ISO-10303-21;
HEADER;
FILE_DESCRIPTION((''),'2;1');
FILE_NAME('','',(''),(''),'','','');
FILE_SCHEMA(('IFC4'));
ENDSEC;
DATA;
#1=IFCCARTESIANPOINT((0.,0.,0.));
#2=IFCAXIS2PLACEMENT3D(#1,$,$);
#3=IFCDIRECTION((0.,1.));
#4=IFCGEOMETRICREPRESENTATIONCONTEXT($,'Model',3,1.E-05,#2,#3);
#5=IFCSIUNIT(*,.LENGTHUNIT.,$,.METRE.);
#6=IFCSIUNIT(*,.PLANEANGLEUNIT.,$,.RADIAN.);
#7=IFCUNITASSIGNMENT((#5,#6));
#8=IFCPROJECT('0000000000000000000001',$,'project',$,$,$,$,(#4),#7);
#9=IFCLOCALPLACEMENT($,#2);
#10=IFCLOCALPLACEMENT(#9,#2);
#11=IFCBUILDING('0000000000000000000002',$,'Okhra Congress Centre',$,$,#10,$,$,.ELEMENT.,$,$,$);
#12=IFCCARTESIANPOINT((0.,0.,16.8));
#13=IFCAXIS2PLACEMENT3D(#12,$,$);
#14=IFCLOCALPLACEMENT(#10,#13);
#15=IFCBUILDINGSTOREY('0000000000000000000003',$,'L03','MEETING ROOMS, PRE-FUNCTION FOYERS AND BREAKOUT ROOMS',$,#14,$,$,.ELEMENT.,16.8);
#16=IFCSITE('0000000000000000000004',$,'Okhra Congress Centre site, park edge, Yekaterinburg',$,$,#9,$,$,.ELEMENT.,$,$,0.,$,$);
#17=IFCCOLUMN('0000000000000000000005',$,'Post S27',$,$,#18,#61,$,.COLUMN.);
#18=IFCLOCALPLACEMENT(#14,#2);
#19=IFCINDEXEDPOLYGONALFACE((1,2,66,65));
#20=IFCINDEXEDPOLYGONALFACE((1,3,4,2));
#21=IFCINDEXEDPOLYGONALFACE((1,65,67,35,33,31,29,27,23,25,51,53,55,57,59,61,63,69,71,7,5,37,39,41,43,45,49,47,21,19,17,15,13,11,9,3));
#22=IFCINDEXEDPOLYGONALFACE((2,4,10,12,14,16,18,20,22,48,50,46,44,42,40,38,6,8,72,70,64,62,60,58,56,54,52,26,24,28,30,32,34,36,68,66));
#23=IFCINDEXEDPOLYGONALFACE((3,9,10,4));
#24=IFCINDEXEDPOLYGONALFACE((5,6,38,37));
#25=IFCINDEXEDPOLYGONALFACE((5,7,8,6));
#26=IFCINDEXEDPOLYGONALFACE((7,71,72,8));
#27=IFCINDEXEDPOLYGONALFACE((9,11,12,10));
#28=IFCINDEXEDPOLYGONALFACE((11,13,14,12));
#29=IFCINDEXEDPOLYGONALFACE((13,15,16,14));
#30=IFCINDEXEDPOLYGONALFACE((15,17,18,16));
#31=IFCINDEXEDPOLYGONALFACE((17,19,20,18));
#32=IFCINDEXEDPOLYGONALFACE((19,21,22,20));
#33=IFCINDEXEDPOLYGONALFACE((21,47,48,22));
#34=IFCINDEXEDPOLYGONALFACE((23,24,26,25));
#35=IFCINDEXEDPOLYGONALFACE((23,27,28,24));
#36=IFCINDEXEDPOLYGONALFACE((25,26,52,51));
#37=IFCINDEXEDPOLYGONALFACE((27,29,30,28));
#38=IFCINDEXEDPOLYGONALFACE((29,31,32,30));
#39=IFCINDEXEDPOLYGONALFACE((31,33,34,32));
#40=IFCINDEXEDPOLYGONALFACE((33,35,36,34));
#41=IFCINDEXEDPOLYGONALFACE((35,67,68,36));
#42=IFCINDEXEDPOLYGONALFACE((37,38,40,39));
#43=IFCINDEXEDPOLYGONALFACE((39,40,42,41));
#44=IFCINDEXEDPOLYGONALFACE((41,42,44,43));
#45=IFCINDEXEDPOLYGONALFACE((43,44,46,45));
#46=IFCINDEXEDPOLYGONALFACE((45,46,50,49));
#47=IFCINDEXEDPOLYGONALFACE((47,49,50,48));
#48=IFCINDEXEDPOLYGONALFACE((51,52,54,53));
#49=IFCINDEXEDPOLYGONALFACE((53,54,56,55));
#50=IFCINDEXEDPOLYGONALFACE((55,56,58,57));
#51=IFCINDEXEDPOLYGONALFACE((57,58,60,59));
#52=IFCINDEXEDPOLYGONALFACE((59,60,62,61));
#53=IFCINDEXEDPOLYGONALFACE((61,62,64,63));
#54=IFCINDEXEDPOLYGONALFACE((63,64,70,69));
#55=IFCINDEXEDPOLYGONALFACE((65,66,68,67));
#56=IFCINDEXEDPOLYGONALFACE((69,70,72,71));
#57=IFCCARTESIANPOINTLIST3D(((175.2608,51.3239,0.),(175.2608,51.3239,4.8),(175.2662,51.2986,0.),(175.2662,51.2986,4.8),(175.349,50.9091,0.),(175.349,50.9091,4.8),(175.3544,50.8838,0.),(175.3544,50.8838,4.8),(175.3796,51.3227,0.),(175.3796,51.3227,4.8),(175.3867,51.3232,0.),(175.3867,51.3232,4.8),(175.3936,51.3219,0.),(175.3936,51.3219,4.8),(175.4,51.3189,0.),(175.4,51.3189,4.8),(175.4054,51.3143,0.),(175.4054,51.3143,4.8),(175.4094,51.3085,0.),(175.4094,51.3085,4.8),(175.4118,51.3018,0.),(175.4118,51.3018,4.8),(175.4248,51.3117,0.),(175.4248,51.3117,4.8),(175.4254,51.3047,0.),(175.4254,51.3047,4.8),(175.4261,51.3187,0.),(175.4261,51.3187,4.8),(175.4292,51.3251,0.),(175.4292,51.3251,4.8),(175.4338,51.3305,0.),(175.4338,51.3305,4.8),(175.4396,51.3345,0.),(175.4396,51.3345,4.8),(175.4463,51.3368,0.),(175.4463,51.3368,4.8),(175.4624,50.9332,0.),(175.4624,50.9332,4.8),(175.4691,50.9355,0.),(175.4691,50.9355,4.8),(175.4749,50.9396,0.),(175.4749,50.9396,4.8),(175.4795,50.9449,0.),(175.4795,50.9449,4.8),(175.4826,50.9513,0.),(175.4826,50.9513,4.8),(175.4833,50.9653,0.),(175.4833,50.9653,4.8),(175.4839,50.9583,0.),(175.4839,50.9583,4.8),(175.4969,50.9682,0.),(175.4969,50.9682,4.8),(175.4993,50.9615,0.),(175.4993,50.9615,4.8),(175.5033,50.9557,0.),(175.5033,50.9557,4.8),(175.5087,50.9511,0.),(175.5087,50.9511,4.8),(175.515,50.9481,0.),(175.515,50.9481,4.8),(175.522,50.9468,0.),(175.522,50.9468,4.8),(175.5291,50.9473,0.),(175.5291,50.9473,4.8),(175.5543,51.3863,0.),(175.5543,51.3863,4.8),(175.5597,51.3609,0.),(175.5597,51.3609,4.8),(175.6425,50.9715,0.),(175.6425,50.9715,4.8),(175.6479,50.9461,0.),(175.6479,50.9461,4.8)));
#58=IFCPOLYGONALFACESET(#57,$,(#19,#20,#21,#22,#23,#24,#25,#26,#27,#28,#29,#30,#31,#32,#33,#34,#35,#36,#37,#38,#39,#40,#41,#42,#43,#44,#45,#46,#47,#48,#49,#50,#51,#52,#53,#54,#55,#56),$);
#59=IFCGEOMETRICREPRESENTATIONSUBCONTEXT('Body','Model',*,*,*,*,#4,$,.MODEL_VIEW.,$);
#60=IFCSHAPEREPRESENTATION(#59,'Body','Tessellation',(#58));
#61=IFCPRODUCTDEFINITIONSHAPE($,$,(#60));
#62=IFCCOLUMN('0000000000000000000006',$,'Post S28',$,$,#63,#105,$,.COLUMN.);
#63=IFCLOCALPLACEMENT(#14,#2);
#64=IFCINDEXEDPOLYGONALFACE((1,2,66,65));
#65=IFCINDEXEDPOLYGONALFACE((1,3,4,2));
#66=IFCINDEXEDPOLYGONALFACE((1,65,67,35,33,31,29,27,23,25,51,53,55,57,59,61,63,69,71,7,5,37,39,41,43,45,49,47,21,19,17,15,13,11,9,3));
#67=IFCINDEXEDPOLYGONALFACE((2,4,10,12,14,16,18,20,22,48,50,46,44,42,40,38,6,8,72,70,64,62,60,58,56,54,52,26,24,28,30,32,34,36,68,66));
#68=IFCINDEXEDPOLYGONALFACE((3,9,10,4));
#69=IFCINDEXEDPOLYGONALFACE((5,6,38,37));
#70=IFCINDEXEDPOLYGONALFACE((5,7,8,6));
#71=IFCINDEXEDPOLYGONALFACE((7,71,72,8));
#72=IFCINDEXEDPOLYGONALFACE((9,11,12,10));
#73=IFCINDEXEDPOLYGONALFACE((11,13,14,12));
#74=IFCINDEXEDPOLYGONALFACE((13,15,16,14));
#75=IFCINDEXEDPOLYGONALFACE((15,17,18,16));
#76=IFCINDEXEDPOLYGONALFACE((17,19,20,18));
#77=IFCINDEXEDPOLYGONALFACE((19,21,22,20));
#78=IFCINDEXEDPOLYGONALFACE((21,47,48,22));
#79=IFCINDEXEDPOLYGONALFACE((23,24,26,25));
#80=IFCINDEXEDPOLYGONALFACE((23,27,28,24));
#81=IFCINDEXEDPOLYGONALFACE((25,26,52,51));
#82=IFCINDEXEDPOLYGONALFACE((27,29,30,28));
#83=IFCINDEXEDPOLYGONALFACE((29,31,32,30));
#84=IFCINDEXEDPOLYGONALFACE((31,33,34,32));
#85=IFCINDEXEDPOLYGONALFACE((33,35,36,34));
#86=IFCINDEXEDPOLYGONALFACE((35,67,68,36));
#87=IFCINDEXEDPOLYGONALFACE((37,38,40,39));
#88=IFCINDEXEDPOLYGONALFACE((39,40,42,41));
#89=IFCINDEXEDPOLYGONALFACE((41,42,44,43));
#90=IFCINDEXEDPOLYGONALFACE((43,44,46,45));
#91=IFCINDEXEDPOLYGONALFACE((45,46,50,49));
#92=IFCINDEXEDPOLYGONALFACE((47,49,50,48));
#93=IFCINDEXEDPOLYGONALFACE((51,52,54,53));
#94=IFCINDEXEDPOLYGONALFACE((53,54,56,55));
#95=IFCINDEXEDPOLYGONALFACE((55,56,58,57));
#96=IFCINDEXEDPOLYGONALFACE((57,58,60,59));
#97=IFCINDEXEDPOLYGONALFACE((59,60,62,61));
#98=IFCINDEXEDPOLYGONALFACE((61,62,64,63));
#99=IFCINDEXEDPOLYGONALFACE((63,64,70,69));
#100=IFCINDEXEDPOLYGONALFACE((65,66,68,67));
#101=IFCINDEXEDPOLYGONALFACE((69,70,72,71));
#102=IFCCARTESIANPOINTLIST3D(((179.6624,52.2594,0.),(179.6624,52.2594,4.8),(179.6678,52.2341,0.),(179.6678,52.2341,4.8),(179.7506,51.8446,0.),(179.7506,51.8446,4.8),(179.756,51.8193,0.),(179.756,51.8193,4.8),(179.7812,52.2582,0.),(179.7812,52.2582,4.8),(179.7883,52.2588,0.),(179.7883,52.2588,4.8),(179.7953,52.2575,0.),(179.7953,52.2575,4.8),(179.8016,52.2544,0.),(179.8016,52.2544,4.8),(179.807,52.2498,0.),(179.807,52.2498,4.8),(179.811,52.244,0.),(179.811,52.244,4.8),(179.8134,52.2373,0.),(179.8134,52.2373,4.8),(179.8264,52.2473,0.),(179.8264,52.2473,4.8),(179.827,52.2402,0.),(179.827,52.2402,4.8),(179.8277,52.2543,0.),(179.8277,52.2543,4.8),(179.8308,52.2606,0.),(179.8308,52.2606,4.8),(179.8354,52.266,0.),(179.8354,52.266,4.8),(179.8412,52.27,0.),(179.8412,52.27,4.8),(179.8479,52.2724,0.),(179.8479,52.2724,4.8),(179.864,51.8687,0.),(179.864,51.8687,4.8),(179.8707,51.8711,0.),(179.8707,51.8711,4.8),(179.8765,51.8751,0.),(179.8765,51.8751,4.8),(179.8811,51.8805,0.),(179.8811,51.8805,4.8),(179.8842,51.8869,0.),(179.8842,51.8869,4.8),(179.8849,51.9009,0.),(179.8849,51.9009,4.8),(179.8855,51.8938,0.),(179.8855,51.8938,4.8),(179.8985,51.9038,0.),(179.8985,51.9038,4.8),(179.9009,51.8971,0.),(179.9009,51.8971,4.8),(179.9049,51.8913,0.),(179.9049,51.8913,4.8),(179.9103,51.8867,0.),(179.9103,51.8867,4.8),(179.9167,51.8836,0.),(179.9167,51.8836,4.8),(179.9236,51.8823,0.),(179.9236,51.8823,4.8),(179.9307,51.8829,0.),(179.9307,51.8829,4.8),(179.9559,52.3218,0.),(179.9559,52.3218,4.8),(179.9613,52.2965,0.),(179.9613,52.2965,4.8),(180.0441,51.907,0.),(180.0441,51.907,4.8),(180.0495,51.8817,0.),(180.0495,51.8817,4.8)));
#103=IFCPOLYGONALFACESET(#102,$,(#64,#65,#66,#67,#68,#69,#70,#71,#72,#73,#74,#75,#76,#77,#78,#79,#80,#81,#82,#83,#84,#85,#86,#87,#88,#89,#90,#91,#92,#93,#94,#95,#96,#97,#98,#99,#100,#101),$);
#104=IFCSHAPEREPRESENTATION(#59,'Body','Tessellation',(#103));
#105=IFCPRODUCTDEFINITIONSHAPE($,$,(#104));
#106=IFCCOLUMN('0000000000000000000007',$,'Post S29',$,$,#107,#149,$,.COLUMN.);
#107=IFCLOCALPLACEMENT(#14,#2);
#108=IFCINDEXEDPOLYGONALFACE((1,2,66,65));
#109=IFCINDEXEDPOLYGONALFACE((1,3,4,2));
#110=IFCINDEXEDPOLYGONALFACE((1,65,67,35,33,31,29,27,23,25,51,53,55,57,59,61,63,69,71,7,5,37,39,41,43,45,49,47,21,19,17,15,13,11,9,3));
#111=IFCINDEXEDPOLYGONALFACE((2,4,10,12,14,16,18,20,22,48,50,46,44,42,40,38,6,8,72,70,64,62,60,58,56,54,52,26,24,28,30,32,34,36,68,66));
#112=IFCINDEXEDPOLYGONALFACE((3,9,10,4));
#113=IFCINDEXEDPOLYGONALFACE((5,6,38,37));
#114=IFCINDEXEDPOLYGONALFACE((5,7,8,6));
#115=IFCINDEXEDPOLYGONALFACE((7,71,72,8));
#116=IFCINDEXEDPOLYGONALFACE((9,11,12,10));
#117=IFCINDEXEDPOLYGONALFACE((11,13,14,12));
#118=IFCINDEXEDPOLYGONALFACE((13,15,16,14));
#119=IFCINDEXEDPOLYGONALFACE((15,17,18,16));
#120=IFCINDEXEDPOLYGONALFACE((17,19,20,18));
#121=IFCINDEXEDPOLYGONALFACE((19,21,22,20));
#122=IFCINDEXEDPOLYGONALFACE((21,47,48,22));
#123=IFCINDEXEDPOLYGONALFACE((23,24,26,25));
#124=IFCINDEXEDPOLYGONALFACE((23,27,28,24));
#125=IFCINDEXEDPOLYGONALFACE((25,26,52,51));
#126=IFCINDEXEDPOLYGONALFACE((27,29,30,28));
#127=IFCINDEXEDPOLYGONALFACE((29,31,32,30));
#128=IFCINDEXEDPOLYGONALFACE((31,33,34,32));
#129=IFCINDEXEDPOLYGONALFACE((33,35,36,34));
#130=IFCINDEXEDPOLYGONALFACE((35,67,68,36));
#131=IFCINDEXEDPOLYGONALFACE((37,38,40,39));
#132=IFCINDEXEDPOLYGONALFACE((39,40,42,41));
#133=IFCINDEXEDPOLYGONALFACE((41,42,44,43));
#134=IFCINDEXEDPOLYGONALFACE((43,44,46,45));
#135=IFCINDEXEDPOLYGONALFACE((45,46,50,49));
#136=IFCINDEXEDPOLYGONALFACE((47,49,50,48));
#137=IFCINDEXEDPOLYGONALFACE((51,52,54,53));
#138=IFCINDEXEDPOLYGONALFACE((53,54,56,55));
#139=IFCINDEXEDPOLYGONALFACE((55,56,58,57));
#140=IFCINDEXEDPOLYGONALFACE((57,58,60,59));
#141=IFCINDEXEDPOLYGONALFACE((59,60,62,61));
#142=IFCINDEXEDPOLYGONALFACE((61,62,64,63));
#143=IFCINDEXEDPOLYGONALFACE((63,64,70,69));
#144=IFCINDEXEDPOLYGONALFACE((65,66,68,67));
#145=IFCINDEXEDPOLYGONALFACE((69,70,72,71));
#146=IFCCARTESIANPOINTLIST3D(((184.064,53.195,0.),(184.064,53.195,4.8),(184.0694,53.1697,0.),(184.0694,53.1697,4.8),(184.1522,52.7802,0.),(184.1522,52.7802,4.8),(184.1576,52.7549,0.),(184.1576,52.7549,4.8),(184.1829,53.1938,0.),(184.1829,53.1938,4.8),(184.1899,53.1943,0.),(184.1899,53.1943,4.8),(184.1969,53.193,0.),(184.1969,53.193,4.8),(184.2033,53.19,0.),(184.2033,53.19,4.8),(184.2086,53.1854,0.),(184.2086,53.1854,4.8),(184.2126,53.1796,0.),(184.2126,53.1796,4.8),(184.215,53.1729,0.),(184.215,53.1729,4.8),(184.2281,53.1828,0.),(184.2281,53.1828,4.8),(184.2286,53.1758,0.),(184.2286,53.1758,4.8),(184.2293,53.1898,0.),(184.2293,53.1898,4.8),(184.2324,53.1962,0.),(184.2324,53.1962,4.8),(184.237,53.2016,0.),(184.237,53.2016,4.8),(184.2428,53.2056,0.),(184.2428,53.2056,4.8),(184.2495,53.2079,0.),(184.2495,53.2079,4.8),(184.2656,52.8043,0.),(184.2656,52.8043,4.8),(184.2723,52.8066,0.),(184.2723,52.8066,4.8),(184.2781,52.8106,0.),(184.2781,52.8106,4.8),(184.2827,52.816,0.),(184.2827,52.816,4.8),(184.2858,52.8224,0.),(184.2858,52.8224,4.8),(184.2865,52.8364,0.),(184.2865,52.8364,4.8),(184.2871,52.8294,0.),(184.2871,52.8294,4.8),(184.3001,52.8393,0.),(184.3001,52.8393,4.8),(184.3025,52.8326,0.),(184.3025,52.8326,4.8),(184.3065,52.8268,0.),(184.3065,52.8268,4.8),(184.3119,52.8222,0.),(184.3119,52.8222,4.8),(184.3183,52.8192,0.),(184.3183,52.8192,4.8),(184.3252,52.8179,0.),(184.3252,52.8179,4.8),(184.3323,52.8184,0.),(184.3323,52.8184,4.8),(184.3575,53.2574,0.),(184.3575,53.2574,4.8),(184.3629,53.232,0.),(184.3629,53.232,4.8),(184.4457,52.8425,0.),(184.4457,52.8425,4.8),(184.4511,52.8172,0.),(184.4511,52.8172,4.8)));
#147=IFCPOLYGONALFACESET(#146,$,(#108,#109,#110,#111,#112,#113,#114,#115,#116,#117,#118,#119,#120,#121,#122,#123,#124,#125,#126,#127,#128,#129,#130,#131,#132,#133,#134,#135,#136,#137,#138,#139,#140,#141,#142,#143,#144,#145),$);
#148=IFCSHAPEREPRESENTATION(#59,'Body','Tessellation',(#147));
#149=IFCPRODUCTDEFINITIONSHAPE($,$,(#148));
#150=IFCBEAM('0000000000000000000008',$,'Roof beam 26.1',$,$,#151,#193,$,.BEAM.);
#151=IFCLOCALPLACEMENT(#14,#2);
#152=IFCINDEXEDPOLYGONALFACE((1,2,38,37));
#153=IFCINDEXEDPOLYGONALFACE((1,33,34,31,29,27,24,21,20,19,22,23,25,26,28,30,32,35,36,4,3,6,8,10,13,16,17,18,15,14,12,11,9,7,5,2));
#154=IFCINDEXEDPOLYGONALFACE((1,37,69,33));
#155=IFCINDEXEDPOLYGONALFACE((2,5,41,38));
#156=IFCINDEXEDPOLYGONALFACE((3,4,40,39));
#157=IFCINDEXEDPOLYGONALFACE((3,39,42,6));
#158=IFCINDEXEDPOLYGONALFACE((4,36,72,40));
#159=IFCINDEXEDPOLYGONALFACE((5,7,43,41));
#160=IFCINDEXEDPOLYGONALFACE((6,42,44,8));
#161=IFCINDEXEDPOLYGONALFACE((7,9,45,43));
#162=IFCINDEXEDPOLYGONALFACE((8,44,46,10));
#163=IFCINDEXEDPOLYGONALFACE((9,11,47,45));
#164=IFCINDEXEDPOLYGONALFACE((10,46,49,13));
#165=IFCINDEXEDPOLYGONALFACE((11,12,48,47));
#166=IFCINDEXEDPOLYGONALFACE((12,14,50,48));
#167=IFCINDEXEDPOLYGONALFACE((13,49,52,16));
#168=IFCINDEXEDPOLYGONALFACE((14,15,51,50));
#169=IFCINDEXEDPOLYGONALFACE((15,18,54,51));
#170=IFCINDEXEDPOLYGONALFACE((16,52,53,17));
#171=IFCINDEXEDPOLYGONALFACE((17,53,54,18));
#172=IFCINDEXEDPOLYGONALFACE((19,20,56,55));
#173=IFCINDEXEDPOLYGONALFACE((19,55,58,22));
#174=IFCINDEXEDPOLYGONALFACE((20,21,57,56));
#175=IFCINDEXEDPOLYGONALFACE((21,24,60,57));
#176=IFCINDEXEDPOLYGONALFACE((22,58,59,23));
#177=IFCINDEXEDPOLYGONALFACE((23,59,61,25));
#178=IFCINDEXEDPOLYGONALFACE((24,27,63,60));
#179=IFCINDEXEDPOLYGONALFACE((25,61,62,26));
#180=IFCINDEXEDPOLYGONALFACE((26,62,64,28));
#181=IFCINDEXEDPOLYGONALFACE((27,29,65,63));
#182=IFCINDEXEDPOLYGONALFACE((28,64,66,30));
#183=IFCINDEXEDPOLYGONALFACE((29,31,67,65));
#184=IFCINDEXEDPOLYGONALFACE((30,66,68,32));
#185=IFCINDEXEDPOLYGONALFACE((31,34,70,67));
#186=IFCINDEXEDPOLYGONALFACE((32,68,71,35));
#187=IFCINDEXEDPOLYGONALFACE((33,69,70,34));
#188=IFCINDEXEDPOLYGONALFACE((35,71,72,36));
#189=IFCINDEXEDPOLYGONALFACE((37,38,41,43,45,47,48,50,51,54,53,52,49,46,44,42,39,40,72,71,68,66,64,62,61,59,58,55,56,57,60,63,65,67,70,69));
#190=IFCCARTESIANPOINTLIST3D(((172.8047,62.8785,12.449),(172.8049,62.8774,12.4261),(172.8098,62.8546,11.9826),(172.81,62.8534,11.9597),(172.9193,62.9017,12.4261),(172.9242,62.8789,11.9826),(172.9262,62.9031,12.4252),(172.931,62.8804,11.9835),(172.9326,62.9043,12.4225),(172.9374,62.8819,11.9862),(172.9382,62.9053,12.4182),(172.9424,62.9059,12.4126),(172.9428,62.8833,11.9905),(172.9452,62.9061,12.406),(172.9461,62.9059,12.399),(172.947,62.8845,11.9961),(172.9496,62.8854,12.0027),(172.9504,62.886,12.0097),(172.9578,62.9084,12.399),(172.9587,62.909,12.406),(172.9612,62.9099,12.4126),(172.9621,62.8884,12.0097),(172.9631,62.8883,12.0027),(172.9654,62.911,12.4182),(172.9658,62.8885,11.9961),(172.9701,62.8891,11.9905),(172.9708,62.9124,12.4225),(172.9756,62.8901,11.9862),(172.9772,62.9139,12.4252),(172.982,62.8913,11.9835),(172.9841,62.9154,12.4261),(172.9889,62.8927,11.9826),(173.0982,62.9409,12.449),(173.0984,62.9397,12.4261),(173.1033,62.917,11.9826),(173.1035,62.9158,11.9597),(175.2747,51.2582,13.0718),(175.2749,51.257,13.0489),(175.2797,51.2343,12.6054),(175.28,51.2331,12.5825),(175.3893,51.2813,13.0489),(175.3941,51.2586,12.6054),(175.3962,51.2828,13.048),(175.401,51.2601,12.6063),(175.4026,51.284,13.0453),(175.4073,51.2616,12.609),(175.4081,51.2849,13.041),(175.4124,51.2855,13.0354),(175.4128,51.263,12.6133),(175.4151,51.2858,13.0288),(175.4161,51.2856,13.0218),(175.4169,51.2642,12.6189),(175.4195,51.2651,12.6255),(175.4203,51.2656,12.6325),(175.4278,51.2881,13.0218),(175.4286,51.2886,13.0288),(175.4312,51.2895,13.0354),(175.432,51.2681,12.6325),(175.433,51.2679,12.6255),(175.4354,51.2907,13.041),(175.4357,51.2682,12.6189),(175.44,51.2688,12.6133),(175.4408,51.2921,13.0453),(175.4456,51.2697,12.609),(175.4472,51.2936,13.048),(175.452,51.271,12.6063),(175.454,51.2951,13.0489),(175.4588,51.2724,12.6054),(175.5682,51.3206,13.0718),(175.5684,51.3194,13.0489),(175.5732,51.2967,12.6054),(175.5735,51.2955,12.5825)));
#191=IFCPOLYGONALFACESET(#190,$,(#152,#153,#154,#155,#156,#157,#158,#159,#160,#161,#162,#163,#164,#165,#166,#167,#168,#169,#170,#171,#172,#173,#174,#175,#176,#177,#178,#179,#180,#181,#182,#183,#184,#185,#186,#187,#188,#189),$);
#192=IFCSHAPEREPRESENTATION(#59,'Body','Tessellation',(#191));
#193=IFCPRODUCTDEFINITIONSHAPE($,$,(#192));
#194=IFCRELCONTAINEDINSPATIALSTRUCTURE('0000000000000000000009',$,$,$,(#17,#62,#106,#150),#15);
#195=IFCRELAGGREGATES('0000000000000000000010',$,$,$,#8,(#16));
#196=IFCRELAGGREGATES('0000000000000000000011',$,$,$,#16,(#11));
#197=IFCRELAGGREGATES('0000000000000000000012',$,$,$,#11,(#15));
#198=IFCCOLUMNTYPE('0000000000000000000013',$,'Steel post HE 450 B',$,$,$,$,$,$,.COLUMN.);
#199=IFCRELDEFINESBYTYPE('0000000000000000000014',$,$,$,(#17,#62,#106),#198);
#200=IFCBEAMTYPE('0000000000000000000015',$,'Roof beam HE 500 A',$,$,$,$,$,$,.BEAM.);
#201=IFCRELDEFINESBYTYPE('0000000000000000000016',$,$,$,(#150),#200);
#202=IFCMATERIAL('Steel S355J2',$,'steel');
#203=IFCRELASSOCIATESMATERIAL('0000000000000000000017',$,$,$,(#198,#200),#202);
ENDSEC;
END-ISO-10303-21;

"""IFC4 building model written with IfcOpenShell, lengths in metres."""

from ifc_helpers import new_model, si_unit, direction, frame, origin, origin_2d, place, context, subcontext, project, spatial, i_section, extrude, material, material_profile, profile_set, type_object, element, save


model = new_model("IFC4")

# Units and contexts
model_context = context("Model", 3, precision=1e-05, world=origin(), true_north=direction((0.0, 1.0)))
body_context = subcontext(model_context, "Body", "Model", "MODEL_VIEW")
ifc_project = project(units=[si_unit("LENGTHUNIT", "METRE"), si_unit("PLANEANGLEUNIT", "RADIAN")], contexts=[model_context])

# Site, building, storey
site_placement = place(None, origin())
site = spatial("IfcSite", under=ifc_project, at=site_placement, Name="Okhra Congress Centre site, park edge, Yekaterinburg", CompositionType="ELEMENT", RefElevation=0.0)
building_placement = place(site_placement, origin())
building = spatial("IfcBuilding", under=site, at=building_placement, Name="Okhra Congress Centre", CompositionType="ELEMENT")
storey_placement = place(building_placement, frame((0.0, 0.0, 16.8)))
storey = spatial("IfcBuildingStorey", under=building, at=storey_placement, Name="L03", Description="MEETING ROOMS, PRE-FUNCTION FOYERS AND BREAKOUT ROOMS", CompositionType="ELEMENT", Elevation=16.8)

# Columns
ifc_material_1 = material(Name="Steel S355J2", Category="steel")
ifc_material_profile_1 = material_profile(ifc_material_1, i_section(OverallWidth=0.3, OverallDepth=0.45, WebThickness=0.0139, FlangeThickness=0.0259, FilletRadius=0.0271, at=origin_2d()), Name="HE 450 B")
ifc_profile_set_1 = profile_set([ifc_material_profile_1], Name="Steel S355J2")
column_type = type_object("IfcColumnType", Name="Steel post HE 450 B", PredefinedType="COLUMN", material=ifc_profile_set_1)
for number, where, z_axis, x_axis, name in (
    (1, (175.4543, 51.135, 0.0), (0.0, 0.0, 1.0), (0.978148, 0.207912, 0.0), "Post S27"),
    (2, (179.856, 52.0706, 0.0), (0.0, 0.0, 1.0), (0.978148, 0.207912, 0.0), "Post S28"),
    (3, (184.2576, 53.0061, 0.0), (0.0, 0.0, 1.0), (0.978148, 0.207912, 0.0), "Post S29"),
):
    element("IfcColumn", number, at=place(storey_placement, frame(where, z_axis=z_axis, x_axis=x_axis)), inside=storey, type_object=column_type, Name=name, PredefinedType="COLUMN", context=body_context, shape_type="SweptSolid", body=[
        extrude(i_section(OverallWidth=0.3, OverallDepth=0.45, WebThickness=0.0139, FlangeThickness=0.0259, FilletRadius=0.0271, at=origin_2d()), origin(), (0.0, 0.0, 1.0), 4.8),
    ])

# Beam
ifc_material_profile_2 = material_profile(ifc_material_1, i_section(OverallWidth=0.3, OverallDepth=0.49, WebThickness=0.012, FlangeThickness=0.0229, FilletRadius=0.0271, at=origin_2d()), Name="HE 500 A")
ifc_profile_set_2 = profile_set([ifc_material_profile_2], Name="Steel S355J2")
beam_type = type_object("IfcBeamType", Name="Roof beam HE 500 A", PredefinedType="BEAM", material=ifc_profile_set_2)
for number, where, z_axis, x_axis, name in (
    (4, (175.4241, 51.2769, 12.8271), (-0.207625, 0.976806, -0.052353), (-0.978148, -0.207911, 0.0), "Roof beam 26.1"),
):
    element("IfcBeam", number, at=place(storey_placement, frame(where, z_axis=z_axis, x_axis=x_axis)), inside=storey, type_object=beam_type, Name=name, PredefinedType="BEAM", context=body_context, shape_type="SweptSolid", body=[
        extrude(i_section(OverallWidth=0.3, OverallDepth=0.49, WebThickness=0.012, FlangeThickness=0.0229, FilletRadius=0.0271, at=origin_2d()), origin(), (0.0, 0.0, 1.0), 11.8962),
    ])

save(model, "model.ifc")
